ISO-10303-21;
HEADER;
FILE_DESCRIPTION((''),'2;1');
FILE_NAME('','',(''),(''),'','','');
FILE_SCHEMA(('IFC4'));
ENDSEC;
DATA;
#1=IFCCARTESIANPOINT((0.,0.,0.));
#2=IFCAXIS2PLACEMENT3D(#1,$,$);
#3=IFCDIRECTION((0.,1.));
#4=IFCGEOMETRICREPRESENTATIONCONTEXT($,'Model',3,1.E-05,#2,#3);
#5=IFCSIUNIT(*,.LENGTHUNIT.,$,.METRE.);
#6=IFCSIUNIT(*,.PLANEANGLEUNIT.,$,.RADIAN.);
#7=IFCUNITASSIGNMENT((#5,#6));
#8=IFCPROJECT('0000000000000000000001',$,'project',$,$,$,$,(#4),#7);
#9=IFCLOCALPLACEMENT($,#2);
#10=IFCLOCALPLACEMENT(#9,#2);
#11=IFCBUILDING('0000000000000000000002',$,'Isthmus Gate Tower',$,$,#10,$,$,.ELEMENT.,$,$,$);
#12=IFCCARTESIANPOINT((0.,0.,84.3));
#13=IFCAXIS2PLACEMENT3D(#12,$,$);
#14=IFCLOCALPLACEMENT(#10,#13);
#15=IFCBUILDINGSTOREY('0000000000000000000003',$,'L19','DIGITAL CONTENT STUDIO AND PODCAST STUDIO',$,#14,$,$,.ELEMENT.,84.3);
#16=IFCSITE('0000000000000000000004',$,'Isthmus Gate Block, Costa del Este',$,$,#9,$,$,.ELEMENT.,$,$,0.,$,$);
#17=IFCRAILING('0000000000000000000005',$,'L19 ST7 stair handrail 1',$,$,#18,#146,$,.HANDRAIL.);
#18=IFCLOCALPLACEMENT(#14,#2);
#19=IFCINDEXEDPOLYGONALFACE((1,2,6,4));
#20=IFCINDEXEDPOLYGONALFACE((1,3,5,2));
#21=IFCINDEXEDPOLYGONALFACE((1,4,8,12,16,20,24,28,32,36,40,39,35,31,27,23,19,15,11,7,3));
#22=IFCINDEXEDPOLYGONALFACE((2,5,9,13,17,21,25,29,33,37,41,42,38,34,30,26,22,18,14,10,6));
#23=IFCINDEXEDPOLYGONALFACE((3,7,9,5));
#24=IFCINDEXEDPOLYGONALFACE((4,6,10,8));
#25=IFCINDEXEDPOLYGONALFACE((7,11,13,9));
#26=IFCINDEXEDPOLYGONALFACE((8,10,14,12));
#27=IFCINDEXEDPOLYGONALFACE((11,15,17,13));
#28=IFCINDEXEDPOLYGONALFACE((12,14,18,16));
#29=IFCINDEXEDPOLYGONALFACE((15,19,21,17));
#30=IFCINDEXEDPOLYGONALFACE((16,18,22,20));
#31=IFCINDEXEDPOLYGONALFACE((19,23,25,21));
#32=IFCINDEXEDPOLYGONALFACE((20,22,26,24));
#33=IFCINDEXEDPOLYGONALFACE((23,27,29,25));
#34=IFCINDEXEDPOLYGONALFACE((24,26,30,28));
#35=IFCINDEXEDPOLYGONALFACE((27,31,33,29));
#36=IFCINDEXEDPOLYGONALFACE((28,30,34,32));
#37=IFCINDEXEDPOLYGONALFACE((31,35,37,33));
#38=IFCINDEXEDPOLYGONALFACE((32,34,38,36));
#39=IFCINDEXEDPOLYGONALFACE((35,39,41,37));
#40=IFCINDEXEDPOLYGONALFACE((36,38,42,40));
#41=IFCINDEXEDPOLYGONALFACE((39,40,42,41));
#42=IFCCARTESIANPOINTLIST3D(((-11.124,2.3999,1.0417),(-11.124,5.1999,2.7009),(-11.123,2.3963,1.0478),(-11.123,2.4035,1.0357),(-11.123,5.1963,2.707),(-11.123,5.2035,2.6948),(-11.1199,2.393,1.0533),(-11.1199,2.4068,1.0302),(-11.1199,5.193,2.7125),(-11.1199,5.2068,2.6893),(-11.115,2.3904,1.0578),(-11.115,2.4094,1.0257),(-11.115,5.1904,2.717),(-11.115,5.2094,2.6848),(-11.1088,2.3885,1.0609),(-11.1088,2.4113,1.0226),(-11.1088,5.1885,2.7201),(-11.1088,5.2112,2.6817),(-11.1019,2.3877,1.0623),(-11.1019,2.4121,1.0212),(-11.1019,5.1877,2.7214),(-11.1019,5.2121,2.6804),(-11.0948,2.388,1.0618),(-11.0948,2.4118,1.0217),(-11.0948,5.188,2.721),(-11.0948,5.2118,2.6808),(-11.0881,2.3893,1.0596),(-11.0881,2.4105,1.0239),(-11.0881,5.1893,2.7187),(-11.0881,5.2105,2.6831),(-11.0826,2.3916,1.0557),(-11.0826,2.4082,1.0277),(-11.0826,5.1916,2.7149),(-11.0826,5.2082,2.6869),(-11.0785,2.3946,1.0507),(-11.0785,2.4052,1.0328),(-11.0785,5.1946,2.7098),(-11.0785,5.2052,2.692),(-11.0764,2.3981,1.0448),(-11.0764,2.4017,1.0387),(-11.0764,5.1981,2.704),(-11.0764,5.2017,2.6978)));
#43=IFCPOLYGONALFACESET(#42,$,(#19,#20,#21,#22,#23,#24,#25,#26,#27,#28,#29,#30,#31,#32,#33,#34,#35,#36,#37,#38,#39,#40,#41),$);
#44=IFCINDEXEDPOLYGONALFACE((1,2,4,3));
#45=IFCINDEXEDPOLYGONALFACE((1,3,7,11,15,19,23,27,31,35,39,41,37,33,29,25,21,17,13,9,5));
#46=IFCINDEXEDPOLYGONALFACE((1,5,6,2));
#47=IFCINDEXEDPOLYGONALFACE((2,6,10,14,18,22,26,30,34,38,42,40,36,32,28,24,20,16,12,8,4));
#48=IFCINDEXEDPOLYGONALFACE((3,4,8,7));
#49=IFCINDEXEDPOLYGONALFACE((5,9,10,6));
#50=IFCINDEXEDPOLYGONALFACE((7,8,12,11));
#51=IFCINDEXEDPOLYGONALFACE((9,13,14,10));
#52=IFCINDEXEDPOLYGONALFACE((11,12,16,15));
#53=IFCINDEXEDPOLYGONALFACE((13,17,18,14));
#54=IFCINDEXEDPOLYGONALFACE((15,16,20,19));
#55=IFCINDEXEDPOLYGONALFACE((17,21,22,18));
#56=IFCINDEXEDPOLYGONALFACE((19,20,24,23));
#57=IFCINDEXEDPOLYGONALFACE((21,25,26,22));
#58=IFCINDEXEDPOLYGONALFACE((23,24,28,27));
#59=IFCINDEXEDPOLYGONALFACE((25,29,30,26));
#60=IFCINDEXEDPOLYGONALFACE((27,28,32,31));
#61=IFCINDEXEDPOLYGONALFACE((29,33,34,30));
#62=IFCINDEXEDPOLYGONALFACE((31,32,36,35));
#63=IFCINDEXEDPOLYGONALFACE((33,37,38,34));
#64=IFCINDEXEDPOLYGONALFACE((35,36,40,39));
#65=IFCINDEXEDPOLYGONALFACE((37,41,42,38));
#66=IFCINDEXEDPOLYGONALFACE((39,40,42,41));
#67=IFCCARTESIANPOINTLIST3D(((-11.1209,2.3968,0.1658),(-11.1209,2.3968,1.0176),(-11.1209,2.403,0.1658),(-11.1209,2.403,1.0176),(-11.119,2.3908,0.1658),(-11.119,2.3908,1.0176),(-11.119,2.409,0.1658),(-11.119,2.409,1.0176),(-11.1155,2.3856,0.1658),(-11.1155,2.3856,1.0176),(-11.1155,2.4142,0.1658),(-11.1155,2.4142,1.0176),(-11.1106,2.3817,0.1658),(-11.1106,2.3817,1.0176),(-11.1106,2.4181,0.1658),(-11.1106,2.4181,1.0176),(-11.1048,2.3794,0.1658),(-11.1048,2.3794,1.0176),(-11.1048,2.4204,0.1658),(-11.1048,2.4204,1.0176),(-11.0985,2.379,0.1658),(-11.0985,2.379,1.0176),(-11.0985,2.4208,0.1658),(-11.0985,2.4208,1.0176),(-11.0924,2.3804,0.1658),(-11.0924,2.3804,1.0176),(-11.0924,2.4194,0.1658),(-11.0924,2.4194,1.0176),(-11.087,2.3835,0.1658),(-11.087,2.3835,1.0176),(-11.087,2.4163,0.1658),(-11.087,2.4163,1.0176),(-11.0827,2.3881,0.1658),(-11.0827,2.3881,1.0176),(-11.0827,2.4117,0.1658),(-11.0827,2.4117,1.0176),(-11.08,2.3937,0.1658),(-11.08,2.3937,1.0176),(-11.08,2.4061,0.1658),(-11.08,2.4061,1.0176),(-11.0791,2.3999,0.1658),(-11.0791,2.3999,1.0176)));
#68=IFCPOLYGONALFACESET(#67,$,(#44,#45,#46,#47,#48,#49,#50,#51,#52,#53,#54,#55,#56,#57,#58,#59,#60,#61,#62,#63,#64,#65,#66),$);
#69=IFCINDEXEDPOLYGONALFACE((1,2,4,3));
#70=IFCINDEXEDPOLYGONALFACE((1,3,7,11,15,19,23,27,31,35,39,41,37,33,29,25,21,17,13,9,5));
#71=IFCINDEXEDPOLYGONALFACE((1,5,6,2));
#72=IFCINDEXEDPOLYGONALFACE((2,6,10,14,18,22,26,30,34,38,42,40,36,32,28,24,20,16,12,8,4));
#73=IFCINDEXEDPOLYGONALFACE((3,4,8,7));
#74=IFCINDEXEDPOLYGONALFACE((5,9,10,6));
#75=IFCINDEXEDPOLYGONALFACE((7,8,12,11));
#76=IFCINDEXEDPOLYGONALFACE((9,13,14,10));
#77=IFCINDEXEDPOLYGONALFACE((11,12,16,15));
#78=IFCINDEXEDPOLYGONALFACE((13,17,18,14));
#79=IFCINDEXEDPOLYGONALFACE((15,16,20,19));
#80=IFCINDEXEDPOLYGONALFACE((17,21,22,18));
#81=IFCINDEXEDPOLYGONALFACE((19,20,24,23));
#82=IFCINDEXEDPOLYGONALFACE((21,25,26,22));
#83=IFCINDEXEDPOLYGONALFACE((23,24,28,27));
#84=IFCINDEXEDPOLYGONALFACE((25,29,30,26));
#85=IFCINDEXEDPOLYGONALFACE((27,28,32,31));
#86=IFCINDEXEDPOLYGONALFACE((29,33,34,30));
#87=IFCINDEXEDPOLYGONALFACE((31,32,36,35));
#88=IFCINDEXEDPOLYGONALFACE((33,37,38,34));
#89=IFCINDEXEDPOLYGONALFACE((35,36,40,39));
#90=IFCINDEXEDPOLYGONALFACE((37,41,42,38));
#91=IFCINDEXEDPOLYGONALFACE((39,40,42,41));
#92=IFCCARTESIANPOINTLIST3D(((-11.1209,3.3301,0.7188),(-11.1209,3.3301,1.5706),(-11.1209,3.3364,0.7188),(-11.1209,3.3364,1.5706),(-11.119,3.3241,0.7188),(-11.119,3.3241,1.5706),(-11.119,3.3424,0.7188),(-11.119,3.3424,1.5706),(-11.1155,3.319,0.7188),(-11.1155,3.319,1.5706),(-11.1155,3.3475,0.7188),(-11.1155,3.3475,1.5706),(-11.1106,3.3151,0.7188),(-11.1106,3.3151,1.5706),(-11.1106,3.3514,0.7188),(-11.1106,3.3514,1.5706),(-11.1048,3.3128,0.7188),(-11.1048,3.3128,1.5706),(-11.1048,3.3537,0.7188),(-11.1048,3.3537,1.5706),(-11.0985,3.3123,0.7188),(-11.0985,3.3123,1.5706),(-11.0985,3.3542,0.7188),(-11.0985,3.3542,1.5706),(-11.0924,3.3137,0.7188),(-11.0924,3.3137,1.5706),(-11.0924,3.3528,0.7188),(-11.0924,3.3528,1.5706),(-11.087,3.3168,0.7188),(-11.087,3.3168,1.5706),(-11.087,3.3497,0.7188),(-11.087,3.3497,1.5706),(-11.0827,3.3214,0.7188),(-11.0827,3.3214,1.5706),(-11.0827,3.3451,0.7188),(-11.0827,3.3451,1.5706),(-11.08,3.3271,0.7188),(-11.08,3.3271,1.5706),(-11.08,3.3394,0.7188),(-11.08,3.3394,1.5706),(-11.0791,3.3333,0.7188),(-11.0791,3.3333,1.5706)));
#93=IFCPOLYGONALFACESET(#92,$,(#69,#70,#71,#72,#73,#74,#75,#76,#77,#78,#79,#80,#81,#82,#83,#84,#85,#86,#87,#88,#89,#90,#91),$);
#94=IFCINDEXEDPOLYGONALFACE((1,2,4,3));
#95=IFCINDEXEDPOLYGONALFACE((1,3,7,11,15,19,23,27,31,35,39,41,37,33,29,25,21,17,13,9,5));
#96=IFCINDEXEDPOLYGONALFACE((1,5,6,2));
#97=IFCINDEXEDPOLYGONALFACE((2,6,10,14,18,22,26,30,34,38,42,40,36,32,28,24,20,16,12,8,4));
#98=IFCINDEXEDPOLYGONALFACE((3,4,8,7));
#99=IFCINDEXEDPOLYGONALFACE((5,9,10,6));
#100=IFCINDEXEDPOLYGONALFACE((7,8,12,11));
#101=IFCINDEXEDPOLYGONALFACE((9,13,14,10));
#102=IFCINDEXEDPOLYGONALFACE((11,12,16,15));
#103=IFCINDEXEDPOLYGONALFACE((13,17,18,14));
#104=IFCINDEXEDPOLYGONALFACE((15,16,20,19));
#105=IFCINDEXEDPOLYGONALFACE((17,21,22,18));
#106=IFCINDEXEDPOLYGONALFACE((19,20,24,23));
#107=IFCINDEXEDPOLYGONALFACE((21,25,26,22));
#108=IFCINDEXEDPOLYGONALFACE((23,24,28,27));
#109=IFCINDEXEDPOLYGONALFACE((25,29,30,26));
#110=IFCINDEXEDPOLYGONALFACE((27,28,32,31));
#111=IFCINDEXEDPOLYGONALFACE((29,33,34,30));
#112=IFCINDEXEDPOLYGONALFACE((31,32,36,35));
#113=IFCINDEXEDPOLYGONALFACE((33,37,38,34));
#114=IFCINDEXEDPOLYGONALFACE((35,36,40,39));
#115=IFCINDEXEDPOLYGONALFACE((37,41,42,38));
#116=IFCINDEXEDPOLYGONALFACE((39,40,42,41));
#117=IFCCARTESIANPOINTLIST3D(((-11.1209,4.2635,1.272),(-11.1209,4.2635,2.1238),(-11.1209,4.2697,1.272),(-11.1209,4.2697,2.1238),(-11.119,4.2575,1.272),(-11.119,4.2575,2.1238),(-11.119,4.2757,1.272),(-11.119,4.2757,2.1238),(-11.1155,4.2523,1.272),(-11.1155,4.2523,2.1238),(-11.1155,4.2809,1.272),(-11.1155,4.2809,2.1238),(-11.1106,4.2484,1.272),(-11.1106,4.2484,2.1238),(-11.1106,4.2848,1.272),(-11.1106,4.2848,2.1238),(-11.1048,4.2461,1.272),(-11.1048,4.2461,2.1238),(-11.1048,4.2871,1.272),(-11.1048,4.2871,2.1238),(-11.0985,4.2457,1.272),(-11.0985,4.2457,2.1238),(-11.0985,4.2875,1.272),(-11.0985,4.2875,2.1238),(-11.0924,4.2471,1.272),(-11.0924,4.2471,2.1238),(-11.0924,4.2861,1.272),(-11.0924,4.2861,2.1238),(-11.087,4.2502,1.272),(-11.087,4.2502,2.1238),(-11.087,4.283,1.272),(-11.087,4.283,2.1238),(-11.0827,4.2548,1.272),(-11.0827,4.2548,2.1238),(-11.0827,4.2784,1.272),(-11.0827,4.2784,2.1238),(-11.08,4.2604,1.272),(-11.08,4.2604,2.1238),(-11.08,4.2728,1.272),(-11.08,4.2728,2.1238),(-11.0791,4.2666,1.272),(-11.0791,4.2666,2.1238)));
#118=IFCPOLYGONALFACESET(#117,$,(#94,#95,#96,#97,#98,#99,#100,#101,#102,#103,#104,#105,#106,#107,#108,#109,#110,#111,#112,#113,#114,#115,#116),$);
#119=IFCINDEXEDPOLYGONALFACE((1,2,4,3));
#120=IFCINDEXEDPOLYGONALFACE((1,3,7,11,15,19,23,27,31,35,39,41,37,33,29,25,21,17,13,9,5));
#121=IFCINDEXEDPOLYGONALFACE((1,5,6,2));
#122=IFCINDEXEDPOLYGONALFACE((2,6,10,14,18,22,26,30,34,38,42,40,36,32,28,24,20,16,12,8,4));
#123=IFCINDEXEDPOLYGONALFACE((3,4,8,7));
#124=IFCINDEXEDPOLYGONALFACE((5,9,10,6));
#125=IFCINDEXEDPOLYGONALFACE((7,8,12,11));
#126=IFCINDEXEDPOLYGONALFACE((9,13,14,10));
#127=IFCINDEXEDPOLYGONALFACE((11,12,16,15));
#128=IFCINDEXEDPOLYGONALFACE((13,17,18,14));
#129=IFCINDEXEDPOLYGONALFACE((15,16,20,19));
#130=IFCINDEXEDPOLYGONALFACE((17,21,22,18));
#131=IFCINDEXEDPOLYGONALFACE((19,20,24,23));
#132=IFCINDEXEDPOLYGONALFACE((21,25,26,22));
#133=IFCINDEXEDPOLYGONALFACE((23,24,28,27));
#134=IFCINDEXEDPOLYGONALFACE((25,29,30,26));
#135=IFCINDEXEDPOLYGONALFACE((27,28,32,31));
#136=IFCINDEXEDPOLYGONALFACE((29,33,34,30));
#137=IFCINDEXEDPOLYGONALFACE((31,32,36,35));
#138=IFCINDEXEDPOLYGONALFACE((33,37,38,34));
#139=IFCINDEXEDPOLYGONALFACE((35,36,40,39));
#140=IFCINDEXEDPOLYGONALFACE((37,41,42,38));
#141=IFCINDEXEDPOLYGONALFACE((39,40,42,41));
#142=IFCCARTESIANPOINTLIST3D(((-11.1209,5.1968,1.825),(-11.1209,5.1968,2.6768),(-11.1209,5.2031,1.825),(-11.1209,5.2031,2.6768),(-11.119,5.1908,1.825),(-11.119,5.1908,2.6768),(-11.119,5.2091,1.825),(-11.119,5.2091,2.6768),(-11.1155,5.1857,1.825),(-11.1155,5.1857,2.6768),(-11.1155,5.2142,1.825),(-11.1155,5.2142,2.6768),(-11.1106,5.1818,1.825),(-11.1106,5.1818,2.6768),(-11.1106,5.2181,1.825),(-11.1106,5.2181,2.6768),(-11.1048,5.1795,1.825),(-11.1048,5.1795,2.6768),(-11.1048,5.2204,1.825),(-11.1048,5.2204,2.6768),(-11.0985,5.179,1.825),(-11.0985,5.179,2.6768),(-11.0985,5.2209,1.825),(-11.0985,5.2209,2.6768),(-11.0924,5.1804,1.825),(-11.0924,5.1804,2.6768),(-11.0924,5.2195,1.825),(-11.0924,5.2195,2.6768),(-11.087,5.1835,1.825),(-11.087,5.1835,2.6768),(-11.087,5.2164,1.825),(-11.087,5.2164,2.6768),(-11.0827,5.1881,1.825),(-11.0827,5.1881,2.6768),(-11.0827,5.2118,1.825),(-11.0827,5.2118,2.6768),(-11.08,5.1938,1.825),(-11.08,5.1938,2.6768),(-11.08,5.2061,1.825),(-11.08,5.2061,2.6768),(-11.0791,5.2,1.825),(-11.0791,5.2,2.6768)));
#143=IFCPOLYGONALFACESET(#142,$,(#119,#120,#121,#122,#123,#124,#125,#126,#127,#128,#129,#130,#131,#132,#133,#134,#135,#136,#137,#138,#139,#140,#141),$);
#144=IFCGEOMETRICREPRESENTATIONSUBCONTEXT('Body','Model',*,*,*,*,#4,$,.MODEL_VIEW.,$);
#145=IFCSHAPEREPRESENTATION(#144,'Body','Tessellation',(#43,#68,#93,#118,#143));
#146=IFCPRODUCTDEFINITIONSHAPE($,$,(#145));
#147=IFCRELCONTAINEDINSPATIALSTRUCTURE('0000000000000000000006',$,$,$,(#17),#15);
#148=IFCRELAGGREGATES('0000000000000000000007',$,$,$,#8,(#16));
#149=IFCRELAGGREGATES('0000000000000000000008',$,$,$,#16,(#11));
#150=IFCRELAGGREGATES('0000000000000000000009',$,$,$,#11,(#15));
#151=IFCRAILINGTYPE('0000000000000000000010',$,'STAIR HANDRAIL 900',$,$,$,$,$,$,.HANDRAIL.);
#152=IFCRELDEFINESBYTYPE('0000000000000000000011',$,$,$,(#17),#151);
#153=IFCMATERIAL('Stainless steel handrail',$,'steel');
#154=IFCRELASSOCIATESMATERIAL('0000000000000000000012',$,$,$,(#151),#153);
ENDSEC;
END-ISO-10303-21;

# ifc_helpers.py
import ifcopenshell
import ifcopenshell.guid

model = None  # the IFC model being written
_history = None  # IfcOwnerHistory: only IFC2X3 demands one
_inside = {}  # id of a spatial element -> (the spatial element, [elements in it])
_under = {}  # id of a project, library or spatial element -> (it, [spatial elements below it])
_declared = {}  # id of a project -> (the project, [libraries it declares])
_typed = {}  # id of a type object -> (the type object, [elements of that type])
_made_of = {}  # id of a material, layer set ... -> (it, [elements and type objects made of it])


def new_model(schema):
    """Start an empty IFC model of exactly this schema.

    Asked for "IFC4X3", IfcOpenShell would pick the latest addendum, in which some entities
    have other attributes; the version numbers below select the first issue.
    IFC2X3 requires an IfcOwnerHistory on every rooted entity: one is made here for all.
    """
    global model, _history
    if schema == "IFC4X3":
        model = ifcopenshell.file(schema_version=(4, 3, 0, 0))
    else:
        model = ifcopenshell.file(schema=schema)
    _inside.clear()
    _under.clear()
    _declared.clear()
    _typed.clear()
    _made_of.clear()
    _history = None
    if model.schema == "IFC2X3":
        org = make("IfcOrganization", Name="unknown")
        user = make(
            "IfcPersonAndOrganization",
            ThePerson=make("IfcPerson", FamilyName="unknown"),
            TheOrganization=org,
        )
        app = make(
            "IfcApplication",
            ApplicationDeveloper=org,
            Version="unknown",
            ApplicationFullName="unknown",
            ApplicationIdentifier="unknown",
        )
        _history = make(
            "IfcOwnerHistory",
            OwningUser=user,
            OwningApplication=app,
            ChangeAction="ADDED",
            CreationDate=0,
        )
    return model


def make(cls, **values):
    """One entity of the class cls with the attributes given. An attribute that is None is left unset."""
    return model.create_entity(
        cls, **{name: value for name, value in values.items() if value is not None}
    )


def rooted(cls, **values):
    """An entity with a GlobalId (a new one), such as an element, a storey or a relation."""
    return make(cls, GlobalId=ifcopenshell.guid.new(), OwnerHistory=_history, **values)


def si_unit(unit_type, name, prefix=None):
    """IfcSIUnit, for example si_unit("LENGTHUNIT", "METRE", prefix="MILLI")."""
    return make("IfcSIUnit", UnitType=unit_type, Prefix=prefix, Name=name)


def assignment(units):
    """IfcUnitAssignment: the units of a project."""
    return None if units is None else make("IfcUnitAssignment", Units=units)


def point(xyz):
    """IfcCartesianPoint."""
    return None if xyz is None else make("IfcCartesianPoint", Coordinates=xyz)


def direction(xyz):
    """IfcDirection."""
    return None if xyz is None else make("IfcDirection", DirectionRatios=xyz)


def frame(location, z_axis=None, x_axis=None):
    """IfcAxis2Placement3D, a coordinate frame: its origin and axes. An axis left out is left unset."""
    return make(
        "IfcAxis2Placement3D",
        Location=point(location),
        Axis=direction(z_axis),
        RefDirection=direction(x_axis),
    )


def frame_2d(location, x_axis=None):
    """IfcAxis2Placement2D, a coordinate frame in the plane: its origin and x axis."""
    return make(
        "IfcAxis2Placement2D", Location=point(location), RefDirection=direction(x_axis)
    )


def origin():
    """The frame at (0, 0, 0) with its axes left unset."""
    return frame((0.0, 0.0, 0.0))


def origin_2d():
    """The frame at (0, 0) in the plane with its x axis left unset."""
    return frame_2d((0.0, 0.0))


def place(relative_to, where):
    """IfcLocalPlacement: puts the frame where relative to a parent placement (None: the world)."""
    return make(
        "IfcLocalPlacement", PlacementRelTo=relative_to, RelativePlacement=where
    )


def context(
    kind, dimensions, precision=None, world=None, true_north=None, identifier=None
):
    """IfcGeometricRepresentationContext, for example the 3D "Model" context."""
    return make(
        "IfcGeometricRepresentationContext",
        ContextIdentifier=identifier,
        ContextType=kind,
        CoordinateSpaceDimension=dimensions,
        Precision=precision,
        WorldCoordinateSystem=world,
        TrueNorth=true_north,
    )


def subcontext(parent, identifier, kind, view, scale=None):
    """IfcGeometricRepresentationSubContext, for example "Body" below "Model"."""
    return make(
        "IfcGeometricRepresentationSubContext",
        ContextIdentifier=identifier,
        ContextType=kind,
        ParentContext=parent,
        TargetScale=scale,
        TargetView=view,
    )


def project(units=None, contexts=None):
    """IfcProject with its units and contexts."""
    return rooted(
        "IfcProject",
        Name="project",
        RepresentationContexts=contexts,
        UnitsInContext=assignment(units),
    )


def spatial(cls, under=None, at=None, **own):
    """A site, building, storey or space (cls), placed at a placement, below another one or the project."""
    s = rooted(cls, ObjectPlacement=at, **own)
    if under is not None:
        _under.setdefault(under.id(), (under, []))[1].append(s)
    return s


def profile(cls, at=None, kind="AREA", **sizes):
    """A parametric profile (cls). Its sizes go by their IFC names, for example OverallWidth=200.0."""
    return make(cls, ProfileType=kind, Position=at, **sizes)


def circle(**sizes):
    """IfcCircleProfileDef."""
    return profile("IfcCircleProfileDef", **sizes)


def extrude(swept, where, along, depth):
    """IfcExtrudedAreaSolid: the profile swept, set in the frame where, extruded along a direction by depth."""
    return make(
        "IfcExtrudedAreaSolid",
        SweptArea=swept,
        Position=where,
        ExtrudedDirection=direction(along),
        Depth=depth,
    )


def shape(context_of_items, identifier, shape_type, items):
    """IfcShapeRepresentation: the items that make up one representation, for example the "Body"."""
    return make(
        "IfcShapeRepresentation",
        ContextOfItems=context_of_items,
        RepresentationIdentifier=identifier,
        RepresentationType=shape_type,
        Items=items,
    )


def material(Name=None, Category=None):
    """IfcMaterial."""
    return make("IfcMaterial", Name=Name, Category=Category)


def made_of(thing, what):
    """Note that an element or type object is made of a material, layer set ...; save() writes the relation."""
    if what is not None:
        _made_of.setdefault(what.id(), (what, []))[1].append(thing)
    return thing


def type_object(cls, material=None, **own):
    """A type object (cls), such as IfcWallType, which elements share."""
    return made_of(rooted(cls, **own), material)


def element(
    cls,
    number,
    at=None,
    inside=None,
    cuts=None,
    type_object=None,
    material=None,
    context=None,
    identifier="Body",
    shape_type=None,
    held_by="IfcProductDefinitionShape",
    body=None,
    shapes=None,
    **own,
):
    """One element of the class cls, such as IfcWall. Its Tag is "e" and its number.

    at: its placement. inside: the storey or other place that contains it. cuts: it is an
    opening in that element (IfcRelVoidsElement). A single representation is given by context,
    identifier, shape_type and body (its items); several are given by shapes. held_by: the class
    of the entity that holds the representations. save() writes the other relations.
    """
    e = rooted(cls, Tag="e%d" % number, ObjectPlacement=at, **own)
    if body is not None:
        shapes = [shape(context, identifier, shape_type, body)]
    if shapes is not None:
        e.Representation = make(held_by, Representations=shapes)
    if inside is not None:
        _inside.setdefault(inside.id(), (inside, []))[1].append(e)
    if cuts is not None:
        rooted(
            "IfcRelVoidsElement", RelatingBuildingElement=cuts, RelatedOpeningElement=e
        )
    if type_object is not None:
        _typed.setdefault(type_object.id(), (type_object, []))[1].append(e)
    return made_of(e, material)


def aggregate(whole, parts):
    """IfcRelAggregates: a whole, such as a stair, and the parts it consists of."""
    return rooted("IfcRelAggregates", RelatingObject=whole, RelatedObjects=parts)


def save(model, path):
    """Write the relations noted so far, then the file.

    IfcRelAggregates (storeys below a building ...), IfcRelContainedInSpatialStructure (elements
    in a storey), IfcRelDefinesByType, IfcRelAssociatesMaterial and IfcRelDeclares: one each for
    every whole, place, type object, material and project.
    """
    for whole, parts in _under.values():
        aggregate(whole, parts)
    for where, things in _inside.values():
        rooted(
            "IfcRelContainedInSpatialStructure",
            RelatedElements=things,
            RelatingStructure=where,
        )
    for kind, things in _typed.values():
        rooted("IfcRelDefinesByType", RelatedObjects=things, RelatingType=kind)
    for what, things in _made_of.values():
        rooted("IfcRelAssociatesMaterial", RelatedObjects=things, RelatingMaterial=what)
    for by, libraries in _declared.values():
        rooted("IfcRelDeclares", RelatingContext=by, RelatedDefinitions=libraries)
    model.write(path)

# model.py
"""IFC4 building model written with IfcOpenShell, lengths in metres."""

from ifc_helpers import new_model, si_unit, direction, frame, origin, origin_2d, place, context, subcontext, project, spatial, circle, extrude, material, type_object, element, save


model = new_model("IFC4")

# Units and contexts
model_context = context("Model", 3, precision=1e-05, world=origin(), true_north=direction((0.0, 1.0)))
body_context = subcontext(model_context, "Body", "Model", "MODEL_VIEW")
ifc_project = project(units=[si_unit("LENGTHUNIT", "METRE"), si_unit("PLANEANGLEUNIT", "RADIAN")], contexts=[model_context])

# Site, building, storey
site_placement = place(None, origin())
site = spatial("IfcSite", under=ifc_project, at=site_placement, Name="Isthmus Gate Block, Costa del Este", CompositionType="ELEMENT", RefElevation=0.0)
building_placement = place(site_placement, origin())
building = spatial("IfcBuilding", under=site, at=building_placement, Name="Isthmus Gate Tower", CompositionType="ELEMENT")
storey_placement = place(building_placement, frame((0.0, 0.0, 84.3)))
storey = spatial("IfcBuildingStorey", under=building, at=storey_placement, Name="L19", Description="DIGITAL CONTENT STUDIO AND PODCAST STUDIO", CompositionType="ELEMENT", Elevation=84.3)

# Railing
ifc_material_1 = material(Name="Stainless steel handrail", Category="steel")
railing_type = type_object("IfcRailingType", Name="STAIR HANDRAIL 900", PredefinedType="HANDRAIL", material=ifc_material_1)
railing_1_placement = place(storey_placement, frame((-11.1001, 2.3999, 0.1658)))
element("IfcRailing", 1, at=railing_1_placement, inside=storey, type_object=railing_type, Name="L19 ST7 stair handrail 1", PredefinedType="HANDRAIL", context=body_context, shape_type="SweptSolid", body=[
    extrude(circle(Radius=0.0239, at=origin_2d()), frame((0.0, 0.0, 0.876), z_axis=(0.0, 0.860306, 0.509778), x_axis=(-1.0, 0.0, 0.0)), (0.0, 0.0, 1.0), 3.2546),
    extrude(circle(Radius=0.021, at=origin_2d()), origin(), (0.0, 0.0, 1.0), 0.8518),
    extrude(circle(Radius=0.021, at=origin_2d()), frame((0.0, 0.9333, 0.553)), (0.0, 0.0, 1.0), 0.8518),
    extrude(circle(Radius=0.021, at=origin_2d()), frame((0.0, 1.8667, 1.1062)), (0.0, 0.0, 1.0), 0.8518),
    extrude(circle(Radius=0.021, at=origin_2d()), frame((0.0, 2.8, 1.6592)), (0.0, 0.0, 1.0), 0.8518),
])

save(model, "model.ifc")
